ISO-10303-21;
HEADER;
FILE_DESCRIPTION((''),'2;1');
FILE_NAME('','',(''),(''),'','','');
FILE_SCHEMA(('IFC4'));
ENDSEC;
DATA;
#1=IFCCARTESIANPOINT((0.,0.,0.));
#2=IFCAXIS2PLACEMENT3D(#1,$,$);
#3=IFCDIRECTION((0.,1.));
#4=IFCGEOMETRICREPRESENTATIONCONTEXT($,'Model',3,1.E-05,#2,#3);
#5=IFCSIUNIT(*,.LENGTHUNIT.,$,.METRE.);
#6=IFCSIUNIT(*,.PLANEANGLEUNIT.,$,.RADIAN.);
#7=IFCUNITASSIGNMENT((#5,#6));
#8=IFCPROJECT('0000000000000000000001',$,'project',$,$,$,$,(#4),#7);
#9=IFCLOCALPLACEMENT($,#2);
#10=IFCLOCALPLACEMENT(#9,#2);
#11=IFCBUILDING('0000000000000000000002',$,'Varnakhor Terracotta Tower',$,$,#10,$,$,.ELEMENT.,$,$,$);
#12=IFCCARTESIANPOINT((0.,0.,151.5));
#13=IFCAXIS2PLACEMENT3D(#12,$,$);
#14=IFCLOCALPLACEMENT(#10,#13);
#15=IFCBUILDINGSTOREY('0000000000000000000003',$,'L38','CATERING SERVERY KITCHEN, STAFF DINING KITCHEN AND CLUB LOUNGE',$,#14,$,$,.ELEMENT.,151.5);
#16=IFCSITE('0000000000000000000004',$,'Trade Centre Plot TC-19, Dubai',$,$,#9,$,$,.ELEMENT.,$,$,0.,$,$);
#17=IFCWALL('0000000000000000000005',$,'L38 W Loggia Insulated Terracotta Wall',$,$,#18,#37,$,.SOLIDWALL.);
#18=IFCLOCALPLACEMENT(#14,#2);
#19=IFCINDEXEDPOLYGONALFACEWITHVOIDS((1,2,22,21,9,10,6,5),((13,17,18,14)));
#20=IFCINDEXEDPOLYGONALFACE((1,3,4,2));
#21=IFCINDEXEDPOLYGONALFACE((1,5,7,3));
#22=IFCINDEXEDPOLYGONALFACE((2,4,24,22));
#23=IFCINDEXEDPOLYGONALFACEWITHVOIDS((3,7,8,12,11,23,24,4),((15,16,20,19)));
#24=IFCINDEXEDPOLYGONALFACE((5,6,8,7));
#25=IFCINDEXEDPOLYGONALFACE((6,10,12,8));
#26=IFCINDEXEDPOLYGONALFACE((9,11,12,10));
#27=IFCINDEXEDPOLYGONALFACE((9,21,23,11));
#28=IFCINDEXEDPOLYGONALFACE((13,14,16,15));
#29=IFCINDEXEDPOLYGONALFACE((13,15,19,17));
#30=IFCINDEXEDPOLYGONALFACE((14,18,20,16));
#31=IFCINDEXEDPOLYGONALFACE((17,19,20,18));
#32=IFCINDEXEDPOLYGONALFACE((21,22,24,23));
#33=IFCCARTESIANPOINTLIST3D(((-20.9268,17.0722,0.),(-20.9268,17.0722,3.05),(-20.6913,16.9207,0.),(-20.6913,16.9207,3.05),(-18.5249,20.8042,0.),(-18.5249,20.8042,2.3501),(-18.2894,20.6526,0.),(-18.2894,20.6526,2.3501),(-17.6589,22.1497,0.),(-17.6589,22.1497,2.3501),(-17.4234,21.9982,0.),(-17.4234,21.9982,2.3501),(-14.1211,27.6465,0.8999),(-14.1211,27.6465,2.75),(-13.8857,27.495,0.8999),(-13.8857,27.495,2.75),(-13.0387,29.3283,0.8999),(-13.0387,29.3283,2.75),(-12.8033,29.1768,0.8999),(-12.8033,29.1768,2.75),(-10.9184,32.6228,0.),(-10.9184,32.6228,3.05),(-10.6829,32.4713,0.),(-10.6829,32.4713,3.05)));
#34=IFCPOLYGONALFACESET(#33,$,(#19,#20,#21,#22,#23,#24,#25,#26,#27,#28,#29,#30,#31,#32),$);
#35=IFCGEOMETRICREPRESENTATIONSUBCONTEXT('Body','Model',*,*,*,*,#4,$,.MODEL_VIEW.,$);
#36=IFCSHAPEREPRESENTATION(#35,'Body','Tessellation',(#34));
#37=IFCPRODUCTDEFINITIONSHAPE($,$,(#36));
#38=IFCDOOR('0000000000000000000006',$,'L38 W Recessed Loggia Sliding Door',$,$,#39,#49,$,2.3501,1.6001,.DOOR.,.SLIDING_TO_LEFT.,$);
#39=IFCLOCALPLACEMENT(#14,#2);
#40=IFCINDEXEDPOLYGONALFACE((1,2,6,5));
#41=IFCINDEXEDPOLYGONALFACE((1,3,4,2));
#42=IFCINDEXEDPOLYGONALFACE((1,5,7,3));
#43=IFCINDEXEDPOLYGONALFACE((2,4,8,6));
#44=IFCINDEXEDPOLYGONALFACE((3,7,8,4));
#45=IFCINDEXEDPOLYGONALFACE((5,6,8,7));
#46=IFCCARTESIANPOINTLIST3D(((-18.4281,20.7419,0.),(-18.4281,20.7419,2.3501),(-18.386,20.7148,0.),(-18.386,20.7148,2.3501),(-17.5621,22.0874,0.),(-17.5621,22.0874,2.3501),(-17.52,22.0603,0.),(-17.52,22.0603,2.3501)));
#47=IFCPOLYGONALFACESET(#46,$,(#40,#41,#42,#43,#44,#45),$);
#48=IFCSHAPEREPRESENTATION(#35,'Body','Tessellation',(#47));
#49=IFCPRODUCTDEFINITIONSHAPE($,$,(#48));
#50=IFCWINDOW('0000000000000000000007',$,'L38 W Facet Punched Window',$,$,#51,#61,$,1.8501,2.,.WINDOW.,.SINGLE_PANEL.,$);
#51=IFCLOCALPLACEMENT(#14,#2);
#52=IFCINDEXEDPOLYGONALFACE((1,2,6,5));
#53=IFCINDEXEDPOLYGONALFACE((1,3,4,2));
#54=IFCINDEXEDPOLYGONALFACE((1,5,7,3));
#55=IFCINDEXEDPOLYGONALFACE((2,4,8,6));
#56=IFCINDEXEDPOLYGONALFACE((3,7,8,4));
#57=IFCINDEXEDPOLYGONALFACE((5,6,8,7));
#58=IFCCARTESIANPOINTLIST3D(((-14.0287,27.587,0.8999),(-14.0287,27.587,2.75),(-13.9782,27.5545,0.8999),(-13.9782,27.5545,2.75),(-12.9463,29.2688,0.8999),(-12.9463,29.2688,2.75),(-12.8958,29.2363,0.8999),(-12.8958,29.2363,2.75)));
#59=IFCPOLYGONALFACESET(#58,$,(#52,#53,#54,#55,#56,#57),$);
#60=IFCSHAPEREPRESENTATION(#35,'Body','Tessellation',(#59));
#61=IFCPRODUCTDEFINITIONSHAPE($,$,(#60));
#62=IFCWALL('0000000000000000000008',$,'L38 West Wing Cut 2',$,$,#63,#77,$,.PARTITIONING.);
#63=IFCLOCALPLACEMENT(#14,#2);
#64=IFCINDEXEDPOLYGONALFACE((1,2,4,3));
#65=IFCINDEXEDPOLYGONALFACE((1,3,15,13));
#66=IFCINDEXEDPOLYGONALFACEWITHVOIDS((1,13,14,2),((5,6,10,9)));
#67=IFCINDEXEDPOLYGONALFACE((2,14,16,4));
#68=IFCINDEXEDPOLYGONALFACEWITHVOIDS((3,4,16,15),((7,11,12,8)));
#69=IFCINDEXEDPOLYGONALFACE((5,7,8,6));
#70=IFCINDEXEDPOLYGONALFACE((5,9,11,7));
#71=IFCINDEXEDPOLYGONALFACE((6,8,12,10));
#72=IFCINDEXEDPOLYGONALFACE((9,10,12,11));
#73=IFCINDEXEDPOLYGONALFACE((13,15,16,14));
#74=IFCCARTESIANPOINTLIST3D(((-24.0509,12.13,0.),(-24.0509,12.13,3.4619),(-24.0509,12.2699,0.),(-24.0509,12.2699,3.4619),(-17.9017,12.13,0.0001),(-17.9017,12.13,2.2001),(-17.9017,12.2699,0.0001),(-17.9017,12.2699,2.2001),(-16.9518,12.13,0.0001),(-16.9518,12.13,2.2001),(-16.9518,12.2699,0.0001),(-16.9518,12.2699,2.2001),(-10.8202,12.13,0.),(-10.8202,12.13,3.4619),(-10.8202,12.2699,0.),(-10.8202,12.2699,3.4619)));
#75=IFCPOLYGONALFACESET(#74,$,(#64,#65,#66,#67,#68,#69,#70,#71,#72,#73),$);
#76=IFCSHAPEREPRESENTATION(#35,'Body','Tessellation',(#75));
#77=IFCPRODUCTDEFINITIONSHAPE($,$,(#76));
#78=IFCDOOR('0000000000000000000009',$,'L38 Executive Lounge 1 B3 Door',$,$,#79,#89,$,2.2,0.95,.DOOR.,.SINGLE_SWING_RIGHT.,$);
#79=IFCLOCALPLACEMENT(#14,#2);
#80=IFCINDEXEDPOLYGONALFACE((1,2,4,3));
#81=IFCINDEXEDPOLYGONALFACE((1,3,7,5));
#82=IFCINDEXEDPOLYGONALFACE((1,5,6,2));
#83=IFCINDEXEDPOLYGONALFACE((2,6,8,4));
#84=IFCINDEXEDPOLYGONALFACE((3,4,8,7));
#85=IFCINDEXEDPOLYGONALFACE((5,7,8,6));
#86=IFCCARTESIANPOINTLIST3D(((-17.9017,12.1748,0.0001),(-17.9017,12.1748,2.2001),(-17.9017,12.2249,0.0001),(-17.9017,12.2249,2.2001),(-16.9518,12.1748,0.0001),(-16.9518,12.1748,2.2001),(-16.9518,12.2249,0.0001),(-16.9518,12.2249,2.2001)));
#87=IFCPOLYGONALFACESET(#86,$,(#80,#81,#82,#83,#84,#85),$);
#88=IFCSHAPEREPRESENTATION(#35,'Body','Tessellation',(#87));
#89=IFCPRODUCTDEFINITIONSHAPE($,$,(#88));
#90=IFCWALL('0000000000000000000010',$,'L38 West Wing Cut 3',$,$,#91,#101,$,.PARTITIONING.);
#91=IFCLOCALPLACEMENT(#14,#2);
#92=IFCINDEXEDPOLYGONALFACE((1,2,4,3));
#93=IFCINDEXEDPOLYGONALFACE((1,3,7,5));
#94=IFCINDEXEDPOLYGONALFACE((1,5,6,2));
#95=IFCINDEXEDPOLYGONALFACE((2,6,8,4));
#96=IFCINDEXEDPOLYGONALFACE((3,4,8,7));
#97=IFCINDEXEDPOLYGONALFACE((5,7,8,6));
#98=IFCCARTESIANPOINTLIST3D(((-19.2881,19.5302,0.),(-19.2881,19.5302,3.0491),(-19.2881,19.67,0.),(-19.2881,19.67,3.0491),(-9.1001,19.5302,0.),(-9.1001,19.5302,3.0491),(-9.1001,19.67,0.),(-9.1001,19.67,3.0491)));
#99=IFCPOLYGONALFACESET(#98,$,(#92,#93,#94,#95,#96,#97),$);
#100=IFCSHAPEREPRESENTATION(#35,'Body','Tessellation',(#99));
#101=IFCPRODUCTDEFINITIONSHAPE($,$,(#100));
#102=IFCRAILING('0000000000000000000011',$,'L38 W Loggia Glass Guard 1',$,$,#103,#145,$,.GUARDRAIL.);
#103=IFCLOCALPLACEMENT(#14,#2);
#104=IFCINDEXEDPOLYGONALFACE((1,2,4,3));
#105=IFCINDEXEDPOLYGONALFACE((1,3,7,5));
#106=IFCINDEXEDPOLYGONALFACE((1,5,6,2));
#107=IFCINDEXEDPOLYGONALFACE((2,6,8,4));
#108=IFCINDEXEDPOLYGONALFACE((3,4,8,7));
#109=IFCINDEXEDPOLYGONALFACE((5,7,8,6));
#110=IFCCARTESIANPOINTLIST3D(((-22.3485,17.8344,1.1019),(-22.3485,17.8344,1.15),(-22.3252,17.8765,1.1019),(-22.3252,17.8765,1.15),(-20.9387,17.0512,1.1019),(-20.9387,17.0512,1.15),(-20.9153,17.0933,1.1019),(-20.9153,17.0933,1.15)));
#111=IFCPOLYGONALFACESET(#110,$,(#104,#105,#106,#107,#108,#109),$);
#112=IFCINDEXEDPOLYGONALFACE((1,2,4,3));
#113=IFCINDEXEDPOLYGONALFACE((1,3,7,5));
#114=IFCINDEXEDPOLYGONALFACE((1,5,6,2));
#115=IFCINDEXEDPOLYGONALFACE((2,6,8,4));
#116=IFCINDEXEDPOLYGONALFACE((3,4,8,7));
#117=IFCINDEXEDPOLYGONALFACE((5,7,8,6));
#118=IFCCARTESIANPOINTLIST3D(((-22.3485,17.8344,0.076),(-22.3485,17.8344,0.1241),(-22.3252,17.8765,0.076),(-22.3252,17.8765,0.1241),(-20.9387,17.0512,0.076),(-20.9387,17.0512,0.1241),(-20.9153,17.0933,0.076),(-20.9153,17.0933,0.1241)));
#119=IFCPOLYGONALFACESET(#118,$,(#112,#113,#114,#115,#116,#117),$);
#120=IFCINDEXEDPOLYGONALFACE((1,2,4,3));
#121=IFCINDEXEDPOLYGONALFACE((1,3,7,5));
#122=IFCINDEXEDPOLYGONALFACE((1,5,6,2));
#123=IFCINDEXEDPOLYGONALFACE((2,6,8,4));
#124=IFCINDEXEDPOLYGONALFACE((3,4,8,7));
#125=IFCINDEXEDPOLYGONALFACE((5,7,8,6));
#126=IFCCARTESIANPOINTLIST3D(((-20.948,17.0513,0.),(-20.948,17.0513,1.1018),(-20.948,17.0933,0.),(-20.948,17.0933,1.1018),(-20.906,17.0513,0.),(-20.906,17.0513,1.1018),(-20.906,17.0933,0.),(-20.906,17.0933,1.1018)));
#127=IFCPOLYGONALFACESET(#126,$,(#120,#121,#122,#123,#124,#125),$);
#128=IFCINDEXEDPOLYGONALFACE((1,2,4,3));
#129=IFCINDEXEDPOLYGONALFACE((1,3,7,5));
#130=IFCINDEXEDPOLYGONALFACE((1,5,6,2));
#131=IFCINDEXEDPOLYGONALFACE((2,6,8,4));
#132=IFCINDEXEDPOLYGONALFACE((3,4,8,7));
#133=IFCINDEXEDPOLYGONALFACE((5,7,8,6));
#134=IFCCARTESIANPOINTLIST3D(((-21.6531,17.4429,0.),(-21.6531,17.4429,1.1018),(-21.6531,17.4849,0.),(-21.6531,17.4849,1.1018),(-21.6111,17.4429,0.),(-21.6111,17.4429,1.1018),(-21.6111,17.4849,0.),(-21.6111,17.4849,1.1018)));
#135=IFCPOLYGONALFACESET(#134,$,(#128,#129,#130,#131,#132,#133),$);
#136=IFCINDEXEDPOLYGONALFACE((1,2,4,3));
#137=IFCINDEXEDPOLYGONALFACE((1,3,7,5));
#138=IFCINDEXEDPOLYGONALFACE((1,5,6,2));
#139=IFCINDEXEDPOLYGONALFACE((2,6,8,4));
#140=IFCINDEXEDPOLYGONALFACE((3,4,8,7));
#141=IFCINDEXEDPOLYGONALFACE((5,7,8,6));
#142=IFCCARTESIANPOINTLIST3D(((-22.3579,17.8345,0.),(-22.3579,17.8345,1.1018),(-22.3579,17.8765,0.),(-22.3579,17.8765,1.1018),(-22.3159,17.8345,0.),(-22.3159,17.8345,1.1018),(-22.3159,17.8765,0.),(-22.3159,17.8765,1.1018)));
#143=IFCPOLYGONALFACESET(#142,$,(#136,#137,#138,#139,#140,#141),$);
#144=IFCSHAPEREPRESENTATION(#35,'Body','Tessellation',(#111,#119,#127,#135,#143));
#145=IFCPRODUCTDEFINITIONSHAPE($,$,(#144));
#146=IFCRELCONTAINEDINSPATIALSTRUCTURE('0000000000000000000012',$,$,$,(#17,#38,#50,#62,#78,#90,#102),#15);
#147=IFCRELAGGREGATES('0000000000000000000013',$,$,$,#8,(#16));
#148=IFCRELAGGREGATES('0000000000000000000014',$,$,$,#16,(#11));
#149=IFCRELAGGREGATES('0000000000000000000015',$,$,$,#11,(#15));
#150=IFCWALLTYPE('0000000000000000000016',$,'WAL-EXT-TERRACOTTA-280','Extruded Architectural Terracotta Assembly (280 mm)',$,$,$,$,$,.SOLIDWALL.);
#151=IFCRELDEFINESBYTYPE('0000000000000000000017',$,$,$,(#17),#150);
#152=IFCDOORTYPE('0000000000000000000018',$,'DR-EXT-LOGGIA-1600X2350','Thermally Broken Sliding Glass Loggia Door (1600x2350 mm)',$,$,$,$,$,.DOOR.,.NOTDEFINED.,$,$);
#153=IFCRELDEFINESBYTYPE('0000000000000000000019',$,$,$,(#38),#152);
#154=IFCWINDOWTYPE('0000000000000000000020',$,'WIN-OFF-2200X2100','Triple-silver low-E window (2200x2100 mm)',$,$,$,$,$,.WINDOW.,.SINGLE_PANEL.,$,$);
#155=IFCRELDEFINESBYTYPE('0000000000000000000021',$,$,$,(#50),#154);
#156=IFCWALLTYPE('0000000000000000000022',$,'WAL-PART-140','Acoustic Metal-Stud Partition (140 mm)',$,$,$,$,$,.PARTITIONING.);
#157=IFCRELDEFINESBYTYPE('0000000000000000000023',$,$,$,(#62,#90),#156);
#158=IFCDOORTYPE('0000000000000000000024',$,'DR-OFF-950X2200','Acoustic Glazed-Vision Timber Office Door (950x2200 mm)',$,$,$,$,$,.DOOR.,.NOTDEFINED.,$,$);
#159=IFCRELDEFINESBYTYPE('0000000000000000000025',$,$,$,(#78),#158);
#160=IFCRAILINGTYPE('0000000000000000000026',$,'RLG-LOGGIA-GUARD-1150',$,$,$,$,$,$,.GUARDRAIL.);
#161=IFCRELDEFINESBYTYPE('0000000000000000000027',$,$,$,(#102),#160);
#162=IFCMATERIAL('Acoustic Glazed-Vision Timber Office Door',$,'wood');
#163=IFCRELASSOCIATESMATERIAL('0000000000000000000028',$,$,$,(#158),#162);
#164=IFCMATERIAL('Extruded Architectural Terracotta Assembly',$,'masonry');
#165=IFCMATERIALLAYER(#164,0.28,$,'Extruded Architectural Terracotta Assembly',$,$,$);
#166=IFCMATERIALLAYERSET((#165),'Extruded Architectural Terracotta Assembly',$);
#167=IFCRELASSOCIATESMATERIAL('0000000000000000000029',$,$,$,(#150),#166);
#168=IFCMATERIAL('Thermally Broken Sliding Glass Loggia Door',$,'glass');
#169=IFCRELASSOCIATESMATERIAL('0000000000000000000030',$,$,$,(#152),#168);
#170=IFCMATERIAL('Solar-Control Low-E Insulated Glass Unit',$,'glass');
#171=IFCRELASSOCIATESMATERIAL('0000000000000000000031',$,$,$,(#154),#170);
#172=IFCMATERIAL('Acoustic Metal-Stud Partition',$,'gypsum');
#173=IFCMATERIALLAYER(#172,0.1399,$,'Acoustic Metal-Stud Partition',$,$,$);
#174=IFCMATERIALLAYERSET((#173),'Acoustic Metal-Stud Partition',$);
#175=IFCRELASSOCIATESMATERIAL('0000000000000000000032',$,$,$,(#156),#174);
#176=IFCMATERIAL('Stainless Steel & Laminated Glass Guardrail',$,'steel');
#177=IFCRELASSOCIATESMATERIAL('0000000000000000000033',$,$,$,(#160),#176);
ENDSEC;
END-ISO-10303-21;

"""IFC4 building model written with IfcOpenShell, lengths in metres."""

from ifc_helpers import new_model, si_unit, direction, frame, frame_2d, origin, origin_2d, place, context, subcontext, project, spatial, rectangle, extrude, source, transform, mapped, material, layer, layer_set, type_object, type_shapes, element, fill, save


model = new_model("IFC4")

# Units and contexts
model_context = context("Model", 3, precision=1e-05, world=origin(), true_north=direction((0.0, 1.0)))
body_context = subcontext(model_context, "Body", "Model", "MODEL_VIEW")
ifc_project = project(units=[si_unit("LENGTHUNIT", "METRE"), si_unit("PLANEANGLEUNIT", "RADIAN")], contexts=[model_context])

# Site, building, storey
site_placement = place(None, origin())
site = spatial("IfcSite", under=ifc_project, at=site_placement, Name="Trade Centre Plot TC-19, Dubai", CompositionType="ELEMENT", RefElevation=0.0)
building_placement = place(site_placement, origin())
building = spatial("IfcBuilding", under=site, at=building_placement, Name="Varnakhor Terracotta Tower", CompositionType="ELEMENT")
storey_placement = place(building_placement, frame((0.0, 0.0, 151.5)))
storey = spatial("IfcBuildingStorey", under=building, at=storey_placement, Name="L38", Description="CATERING SERVERY KITCHEN, STAFF DINING KITCHEN AND CLUB LOUNGE", CompositionType="ELEMENT", Elevation=151.5)

# Shared definitions
ifc_material_1 = material(Name="Acoustic Glazed-Vision Timber Office Door", Category="wood")
door_type_1 = type_object("IfcDoorType", Name="DR-OFF-950X2200", Description="Acoustic Glazed-Vision Timber Office Door (950x2200 mm)", OperationType="NOTDEFINED", PredefinedType="DOOR", material=ifc_material_1)
shared_shape_1 = source(origin(), body_context, "Body", "SweptSolid", [
    extrude(rectangle(XDim=0.95, YDim=2.2, at=frame_2d((0.4751, 1.1001))), frame((0.0, 0.0249, 0.0), z_axis=(0.0, -1.0, 0.0), x_axis=(1.0, 0.0, 0.0)), (0.0, 0.0, 1.0), 0.05),
])
type_shapes(door_type_1, [shared_shape_1])

# Wall, openings, door, window
ifc_material_2 = material(Name="Extruded Architectural Terracotta Assembly", Category="masonry")
ifc_layer_1 = layer(ifc_material_2, 0.28, Name="Extruded Architectural Terracotta Assembly")
ifc_layer_set_1 = layer_set([ifc_layer_1], Name="Extruded Architectural Terracotta Assembly")
wall_type_1 = type_object("IfcWallType", Name="WAL-EXT-TERRACOTTA-280", Description="Extruded Architectural Terracotta Assembly (280 mm)", PredefinedType="SOLIDWALL", material=ifc_layer_set_1)
wall_1_placement = place(storey_placement, frame((-20.8091, 16.9963, 0.0), z_axis=(0.0, 0.0, 1.0), x_axis=(0.541199, 0.840895, 0.0)))
wall_1 = element("IfcWall", 1, at=wall_1_placement, inside=storey, type_object=wall_type_1, Name="L38 W Loggia Insulated Terracotta Wall", PredefinedType="SOLIDWALL", context=body_context, shape_type="SweptSolid", body=[
    extrude(rectangle(XDim=18.4929, YDim=0.28, at=frame_2d((9.2466, 0.0))), origin(), (0.0, 0.0, 1.0), 3.05),
])
opening_1_placement = place(wall_1_placement, frame((4.4382, 0.0, 0.0)))
opening_1 = element("IfcOpeningElement", 2, at=opening_1_placement, cuts=wall_1, PredefinedType="OPENING", context=body_context, shape_type="SweptSolid", body=[
    extrude(rectangle(XDim=1.6001, YDim=2.3501, at=frame_2d((0.8, 1.175))), frame((0.0, 0.1499, 0.0), z_axis=(0.0, -1.0, 0.0), x_axis=(1.0, 0.0, 0.0)), (0.0, 0.0, 1.0), 0.3),
])
opening_2_placement = place(wall_1_placement, frame((12.5752, 0.0, 0.8999)))
opening_2 = element("IfcOpeningElement", 3, at=opening_2_placement, cuts=wall_1, PredefinedType="OPENING", context=body_context, shape_type="SweptSolid", body=[
    extrude(rectangle(XDim=2.0, YDim=1.8501, at=frame_2d((1.0, 0.925))), frame((0.0, 0.1499, 0.0), z_axis=(0.0, -1.0, 0.0), x_axis=(1.0, 0.0, 0.0)), (0.0, 0.0, 1.0), 0.3),
])
ifc_material_3 = material(Name="Thermally Broken Sliding Glass Loggia Door", Category="glass")
door_type_2 = type_object("IfcDoorType", Name="DR-EXT-LOGGIA-1600X2350", Description="Thermally Broken Sliding Glass Loggia Door (1600x2350 mm)", OperationType="NOTDEFINED", PredefinedType="DOOR", material=ifc_material_3)
shared_shape_2 = source(origin(), body_context, "Body", "SweptSolid", [
    extrude(rectangle(XDim=1.6001, YDim=2.3501, at=frame_2d((0.8, 1.175))), frame((0.0, 0.0249, 0.0), z_axis=(0.0, -1.0, 0.0), x_axis=(1.0, 0.0, 0.0)), (0.0, 0.0, 1.0), 0.05),
])
type_shapes(door_type_2, [shared_shape_2])
door_1_placement = place(opening_1_placement, origin())
door_1 = element("IfcDoor", 4, at=door_1_placement, inside=storey, type_object=door_type_2, Name="L38 W Recessed Loggia Sliding Door", OperationType="SLIDING_TO_LEFT", OverallHeight=2.3501, OverallWidth=1.6001, PredefinedType="DOOR", context=body_context, shape_type="MappedRepresentation", body=[
    mapped(shared_shape_2, transform((0.0, 0.0, 0.0), scale=1.0)),
])
fill(opening_1, door_1)
ifc_material_4 = material(Name="Solar-Control Low-E Insulated Glass Unit", Category="glass")
window_type = type_object("IfcWindowType", Name="WIN-OFF-2200X2100", Description="Triple-silver low-E window (2200x2100 mm)", PartitioningType="SINGLE_PANEL", PredefinedType="WINDOW", material=ifc_material_4)
shared_shape_3 = source(origin(), body_context, "Body", "SweptSolid", [
    extrude(rectangle(XDim=2.0, YDim=1.8501, at=frame_2d((1.0, 0.925))), frame((0.0, 0.03, 0.0), z_axis=(0.0, -1.0, 0.0), x_axis=(1.0, 0.0, 0.0)), (0.0, 0.0, 1.0), 0.0601),
])
type_shapes(window_type, [shared_shape_3])
window_placement = place(opening_2_placement, origin())
window = element("IfcWindow", 5, at=window_placement, inside=storey, type_object=window_type, Name="L38 W Facet Punched Window", OverallHeight=1.8501, OverallWidth=2.0, PartitioningType="SINGLE_PANEL", PredefinedType="WINDOW", context=body_context, shape_type="MappedRepresentation", body=[
    mapped(shared_shape_3, transform((0.0, 0.0, 0.0), scale=1.0)),
])
fill(opening_2, window)

# Wall, opening, door
ifc_material_5 = material(Name="Acoustic Metal-Stud Partition", Category="gypsum")
ifc_layer_2 = layer(ifc_material_5, 0.1399, Name="Acoustic Metal-Stud Partition")
ifc_layer_set_2 = layer_set([ifc_layer_2], Name="Acoustic Metal-Stud Partition")
wall_type_2 = type_object("IfcWallType", Name="WAL-PART-140", Description="Acoustic Metal-Stud Partition (140 mm)", PredefinedType="PARTITIONING", material=ifc_layer_set_2)
wall_2_placement = place(storey_placement, frame((-24.0508, 12.2, 0.0), z_axis=(0.0, 0.0, 1.0), x_axis=(1.0, 0.0, 0.0)))
wall_2 = element("IfcWall", 6, at=wall_2_placement, inside=storey, type_object=wall_type_2, Name="L38 West Wing Cut 2", PredefinedType="PARTITIONING", context=body_context, shape_type="SweptSolid", body=[
    extrude(rectangle(XDim=13.2307, YDim=0.1399, at=frame_2d((6.6152, 0.0))), origin(), (0.0, 0.0, 1.0), 3.4619),
])
opening_3_placement = place(wall_2_placement, frame((6.1489, 0.0, 0.0)))
opening_3 = element("IfcOpeningElement", 7, at=opening_3_placement, cuts=wall_2, PredefinedType="OPENING", context=body_context, shape_type="SweptSolid", body=[
    extrude(rectangle(XDim=0.95, YDim=2.2, at=frame_2d((0.4751, 1.1001))), frame((0.0, 0.0801, 0.0), z_axis=(0.0, -1.0, 0.0), x_axis=(1.0, 0.0, 0.0)), (0.0, 0.0, 1.0), 0.1599),
])
door_2_placement = place(opening_3_placement, origin())
door_2 = element("IfcDoor", 8, at=door_2_placement, inside=storey, type_object=door_type_1, Name="L38 Executive Lounge 1 B3 Door", OperationType="SINGLE_SWING_RIGHT", OverallHeight=2.2, OverallWidth=0.95, PredefinedType="DOOR", context=body_context, shape_type="MappedRepresentation", body=[
    mapped(shared_shape_1, transform((0.0, 0.0, 0.0), scale=1.0)),
])
fill(opening_3, door_2)

# Wall
wall_3_placement = place(storey_placement, frame((-19.2881, 19.6001, 0.0), z_axis=(0.0, 0.0, 1.0), x_axis=(1.0, 0.0, 0.0)))
element("IfcWall", 9, at=wall_3_placement, inside=storey, type_object=wall_type_2, Name="L38 West Wing Cut 3", PredefinedType="PARTITIONING", context=body_context, shape_type="SweptSolid", body=[
    extrude(rectangle(XDim=10.188, YDim=0.1399, at=frame_2d((5.094, 0.0))), origin(), (0.0, 0.0, 1.0), 3.0491),
])

# Railing
ifc_material_6 = material(Name="Stainless Steel & Laminated Glass Guardrail", Category="steel")
railing_type = type_object("IfcRailingType", Name="RLG-LOGGIA-GUARD-1150", PredefinedType="GUARDRAIL", material=ifc_material_6)
railing_1_placement = place(storey_placement, frame((-20.927, 17.0723, 0.0)))
element("IfcRailing", 10, at=railing_1_placement, inside=storey, type_object=railing_type, Name="L38 W Loggia Glass Guard 1", PredefinedType="GUARDRAIL", context=body_context, shape_type="SweptSolid", body=[
    extrude(rectangle(XDim=0.0481, YDim=0.0481, at=origin_2d()), frame((0.0, 0.0, 1.126), z_axis=(-0.874179, 0.485604, 0.0), x_axis=(-0.485604, -0.874179, 0.0)), (0.0, 0.0, 1.0), 1.6128),
    extrude(rectangle(XDim=0.0481, YDim=0.0481, at=origin_2d()), frame((0.0, 0.0, 0.1001), z_axis=(-0.874179, 0.485604, 0.0), x_axis=(-0.485604, -0.874179, 0.0)), (0.0, 0.0, 1.0), 1.6128),
    extrude(rectangle(XDim=0.042, YDim=0.042, at=origin_2d()), origin(), (0.0, 0.0, 1.0), 1.1018),
    extrude(rectangle(XDim=0.042, YDim=0.042, at=origin_2d()), frame((-0.7051, 0.3916, 0.0)), (0.0, 0.0, 1.0), 1.1018),
    extrude(rectangle(XDim=0.042, YDim=0.042, at=origin_2d()), frame((-1.4099, 0.7832, 0.0)), (0.0, 0.0, 1.0), 1.1018),
])

save(model, "model.ifc")
